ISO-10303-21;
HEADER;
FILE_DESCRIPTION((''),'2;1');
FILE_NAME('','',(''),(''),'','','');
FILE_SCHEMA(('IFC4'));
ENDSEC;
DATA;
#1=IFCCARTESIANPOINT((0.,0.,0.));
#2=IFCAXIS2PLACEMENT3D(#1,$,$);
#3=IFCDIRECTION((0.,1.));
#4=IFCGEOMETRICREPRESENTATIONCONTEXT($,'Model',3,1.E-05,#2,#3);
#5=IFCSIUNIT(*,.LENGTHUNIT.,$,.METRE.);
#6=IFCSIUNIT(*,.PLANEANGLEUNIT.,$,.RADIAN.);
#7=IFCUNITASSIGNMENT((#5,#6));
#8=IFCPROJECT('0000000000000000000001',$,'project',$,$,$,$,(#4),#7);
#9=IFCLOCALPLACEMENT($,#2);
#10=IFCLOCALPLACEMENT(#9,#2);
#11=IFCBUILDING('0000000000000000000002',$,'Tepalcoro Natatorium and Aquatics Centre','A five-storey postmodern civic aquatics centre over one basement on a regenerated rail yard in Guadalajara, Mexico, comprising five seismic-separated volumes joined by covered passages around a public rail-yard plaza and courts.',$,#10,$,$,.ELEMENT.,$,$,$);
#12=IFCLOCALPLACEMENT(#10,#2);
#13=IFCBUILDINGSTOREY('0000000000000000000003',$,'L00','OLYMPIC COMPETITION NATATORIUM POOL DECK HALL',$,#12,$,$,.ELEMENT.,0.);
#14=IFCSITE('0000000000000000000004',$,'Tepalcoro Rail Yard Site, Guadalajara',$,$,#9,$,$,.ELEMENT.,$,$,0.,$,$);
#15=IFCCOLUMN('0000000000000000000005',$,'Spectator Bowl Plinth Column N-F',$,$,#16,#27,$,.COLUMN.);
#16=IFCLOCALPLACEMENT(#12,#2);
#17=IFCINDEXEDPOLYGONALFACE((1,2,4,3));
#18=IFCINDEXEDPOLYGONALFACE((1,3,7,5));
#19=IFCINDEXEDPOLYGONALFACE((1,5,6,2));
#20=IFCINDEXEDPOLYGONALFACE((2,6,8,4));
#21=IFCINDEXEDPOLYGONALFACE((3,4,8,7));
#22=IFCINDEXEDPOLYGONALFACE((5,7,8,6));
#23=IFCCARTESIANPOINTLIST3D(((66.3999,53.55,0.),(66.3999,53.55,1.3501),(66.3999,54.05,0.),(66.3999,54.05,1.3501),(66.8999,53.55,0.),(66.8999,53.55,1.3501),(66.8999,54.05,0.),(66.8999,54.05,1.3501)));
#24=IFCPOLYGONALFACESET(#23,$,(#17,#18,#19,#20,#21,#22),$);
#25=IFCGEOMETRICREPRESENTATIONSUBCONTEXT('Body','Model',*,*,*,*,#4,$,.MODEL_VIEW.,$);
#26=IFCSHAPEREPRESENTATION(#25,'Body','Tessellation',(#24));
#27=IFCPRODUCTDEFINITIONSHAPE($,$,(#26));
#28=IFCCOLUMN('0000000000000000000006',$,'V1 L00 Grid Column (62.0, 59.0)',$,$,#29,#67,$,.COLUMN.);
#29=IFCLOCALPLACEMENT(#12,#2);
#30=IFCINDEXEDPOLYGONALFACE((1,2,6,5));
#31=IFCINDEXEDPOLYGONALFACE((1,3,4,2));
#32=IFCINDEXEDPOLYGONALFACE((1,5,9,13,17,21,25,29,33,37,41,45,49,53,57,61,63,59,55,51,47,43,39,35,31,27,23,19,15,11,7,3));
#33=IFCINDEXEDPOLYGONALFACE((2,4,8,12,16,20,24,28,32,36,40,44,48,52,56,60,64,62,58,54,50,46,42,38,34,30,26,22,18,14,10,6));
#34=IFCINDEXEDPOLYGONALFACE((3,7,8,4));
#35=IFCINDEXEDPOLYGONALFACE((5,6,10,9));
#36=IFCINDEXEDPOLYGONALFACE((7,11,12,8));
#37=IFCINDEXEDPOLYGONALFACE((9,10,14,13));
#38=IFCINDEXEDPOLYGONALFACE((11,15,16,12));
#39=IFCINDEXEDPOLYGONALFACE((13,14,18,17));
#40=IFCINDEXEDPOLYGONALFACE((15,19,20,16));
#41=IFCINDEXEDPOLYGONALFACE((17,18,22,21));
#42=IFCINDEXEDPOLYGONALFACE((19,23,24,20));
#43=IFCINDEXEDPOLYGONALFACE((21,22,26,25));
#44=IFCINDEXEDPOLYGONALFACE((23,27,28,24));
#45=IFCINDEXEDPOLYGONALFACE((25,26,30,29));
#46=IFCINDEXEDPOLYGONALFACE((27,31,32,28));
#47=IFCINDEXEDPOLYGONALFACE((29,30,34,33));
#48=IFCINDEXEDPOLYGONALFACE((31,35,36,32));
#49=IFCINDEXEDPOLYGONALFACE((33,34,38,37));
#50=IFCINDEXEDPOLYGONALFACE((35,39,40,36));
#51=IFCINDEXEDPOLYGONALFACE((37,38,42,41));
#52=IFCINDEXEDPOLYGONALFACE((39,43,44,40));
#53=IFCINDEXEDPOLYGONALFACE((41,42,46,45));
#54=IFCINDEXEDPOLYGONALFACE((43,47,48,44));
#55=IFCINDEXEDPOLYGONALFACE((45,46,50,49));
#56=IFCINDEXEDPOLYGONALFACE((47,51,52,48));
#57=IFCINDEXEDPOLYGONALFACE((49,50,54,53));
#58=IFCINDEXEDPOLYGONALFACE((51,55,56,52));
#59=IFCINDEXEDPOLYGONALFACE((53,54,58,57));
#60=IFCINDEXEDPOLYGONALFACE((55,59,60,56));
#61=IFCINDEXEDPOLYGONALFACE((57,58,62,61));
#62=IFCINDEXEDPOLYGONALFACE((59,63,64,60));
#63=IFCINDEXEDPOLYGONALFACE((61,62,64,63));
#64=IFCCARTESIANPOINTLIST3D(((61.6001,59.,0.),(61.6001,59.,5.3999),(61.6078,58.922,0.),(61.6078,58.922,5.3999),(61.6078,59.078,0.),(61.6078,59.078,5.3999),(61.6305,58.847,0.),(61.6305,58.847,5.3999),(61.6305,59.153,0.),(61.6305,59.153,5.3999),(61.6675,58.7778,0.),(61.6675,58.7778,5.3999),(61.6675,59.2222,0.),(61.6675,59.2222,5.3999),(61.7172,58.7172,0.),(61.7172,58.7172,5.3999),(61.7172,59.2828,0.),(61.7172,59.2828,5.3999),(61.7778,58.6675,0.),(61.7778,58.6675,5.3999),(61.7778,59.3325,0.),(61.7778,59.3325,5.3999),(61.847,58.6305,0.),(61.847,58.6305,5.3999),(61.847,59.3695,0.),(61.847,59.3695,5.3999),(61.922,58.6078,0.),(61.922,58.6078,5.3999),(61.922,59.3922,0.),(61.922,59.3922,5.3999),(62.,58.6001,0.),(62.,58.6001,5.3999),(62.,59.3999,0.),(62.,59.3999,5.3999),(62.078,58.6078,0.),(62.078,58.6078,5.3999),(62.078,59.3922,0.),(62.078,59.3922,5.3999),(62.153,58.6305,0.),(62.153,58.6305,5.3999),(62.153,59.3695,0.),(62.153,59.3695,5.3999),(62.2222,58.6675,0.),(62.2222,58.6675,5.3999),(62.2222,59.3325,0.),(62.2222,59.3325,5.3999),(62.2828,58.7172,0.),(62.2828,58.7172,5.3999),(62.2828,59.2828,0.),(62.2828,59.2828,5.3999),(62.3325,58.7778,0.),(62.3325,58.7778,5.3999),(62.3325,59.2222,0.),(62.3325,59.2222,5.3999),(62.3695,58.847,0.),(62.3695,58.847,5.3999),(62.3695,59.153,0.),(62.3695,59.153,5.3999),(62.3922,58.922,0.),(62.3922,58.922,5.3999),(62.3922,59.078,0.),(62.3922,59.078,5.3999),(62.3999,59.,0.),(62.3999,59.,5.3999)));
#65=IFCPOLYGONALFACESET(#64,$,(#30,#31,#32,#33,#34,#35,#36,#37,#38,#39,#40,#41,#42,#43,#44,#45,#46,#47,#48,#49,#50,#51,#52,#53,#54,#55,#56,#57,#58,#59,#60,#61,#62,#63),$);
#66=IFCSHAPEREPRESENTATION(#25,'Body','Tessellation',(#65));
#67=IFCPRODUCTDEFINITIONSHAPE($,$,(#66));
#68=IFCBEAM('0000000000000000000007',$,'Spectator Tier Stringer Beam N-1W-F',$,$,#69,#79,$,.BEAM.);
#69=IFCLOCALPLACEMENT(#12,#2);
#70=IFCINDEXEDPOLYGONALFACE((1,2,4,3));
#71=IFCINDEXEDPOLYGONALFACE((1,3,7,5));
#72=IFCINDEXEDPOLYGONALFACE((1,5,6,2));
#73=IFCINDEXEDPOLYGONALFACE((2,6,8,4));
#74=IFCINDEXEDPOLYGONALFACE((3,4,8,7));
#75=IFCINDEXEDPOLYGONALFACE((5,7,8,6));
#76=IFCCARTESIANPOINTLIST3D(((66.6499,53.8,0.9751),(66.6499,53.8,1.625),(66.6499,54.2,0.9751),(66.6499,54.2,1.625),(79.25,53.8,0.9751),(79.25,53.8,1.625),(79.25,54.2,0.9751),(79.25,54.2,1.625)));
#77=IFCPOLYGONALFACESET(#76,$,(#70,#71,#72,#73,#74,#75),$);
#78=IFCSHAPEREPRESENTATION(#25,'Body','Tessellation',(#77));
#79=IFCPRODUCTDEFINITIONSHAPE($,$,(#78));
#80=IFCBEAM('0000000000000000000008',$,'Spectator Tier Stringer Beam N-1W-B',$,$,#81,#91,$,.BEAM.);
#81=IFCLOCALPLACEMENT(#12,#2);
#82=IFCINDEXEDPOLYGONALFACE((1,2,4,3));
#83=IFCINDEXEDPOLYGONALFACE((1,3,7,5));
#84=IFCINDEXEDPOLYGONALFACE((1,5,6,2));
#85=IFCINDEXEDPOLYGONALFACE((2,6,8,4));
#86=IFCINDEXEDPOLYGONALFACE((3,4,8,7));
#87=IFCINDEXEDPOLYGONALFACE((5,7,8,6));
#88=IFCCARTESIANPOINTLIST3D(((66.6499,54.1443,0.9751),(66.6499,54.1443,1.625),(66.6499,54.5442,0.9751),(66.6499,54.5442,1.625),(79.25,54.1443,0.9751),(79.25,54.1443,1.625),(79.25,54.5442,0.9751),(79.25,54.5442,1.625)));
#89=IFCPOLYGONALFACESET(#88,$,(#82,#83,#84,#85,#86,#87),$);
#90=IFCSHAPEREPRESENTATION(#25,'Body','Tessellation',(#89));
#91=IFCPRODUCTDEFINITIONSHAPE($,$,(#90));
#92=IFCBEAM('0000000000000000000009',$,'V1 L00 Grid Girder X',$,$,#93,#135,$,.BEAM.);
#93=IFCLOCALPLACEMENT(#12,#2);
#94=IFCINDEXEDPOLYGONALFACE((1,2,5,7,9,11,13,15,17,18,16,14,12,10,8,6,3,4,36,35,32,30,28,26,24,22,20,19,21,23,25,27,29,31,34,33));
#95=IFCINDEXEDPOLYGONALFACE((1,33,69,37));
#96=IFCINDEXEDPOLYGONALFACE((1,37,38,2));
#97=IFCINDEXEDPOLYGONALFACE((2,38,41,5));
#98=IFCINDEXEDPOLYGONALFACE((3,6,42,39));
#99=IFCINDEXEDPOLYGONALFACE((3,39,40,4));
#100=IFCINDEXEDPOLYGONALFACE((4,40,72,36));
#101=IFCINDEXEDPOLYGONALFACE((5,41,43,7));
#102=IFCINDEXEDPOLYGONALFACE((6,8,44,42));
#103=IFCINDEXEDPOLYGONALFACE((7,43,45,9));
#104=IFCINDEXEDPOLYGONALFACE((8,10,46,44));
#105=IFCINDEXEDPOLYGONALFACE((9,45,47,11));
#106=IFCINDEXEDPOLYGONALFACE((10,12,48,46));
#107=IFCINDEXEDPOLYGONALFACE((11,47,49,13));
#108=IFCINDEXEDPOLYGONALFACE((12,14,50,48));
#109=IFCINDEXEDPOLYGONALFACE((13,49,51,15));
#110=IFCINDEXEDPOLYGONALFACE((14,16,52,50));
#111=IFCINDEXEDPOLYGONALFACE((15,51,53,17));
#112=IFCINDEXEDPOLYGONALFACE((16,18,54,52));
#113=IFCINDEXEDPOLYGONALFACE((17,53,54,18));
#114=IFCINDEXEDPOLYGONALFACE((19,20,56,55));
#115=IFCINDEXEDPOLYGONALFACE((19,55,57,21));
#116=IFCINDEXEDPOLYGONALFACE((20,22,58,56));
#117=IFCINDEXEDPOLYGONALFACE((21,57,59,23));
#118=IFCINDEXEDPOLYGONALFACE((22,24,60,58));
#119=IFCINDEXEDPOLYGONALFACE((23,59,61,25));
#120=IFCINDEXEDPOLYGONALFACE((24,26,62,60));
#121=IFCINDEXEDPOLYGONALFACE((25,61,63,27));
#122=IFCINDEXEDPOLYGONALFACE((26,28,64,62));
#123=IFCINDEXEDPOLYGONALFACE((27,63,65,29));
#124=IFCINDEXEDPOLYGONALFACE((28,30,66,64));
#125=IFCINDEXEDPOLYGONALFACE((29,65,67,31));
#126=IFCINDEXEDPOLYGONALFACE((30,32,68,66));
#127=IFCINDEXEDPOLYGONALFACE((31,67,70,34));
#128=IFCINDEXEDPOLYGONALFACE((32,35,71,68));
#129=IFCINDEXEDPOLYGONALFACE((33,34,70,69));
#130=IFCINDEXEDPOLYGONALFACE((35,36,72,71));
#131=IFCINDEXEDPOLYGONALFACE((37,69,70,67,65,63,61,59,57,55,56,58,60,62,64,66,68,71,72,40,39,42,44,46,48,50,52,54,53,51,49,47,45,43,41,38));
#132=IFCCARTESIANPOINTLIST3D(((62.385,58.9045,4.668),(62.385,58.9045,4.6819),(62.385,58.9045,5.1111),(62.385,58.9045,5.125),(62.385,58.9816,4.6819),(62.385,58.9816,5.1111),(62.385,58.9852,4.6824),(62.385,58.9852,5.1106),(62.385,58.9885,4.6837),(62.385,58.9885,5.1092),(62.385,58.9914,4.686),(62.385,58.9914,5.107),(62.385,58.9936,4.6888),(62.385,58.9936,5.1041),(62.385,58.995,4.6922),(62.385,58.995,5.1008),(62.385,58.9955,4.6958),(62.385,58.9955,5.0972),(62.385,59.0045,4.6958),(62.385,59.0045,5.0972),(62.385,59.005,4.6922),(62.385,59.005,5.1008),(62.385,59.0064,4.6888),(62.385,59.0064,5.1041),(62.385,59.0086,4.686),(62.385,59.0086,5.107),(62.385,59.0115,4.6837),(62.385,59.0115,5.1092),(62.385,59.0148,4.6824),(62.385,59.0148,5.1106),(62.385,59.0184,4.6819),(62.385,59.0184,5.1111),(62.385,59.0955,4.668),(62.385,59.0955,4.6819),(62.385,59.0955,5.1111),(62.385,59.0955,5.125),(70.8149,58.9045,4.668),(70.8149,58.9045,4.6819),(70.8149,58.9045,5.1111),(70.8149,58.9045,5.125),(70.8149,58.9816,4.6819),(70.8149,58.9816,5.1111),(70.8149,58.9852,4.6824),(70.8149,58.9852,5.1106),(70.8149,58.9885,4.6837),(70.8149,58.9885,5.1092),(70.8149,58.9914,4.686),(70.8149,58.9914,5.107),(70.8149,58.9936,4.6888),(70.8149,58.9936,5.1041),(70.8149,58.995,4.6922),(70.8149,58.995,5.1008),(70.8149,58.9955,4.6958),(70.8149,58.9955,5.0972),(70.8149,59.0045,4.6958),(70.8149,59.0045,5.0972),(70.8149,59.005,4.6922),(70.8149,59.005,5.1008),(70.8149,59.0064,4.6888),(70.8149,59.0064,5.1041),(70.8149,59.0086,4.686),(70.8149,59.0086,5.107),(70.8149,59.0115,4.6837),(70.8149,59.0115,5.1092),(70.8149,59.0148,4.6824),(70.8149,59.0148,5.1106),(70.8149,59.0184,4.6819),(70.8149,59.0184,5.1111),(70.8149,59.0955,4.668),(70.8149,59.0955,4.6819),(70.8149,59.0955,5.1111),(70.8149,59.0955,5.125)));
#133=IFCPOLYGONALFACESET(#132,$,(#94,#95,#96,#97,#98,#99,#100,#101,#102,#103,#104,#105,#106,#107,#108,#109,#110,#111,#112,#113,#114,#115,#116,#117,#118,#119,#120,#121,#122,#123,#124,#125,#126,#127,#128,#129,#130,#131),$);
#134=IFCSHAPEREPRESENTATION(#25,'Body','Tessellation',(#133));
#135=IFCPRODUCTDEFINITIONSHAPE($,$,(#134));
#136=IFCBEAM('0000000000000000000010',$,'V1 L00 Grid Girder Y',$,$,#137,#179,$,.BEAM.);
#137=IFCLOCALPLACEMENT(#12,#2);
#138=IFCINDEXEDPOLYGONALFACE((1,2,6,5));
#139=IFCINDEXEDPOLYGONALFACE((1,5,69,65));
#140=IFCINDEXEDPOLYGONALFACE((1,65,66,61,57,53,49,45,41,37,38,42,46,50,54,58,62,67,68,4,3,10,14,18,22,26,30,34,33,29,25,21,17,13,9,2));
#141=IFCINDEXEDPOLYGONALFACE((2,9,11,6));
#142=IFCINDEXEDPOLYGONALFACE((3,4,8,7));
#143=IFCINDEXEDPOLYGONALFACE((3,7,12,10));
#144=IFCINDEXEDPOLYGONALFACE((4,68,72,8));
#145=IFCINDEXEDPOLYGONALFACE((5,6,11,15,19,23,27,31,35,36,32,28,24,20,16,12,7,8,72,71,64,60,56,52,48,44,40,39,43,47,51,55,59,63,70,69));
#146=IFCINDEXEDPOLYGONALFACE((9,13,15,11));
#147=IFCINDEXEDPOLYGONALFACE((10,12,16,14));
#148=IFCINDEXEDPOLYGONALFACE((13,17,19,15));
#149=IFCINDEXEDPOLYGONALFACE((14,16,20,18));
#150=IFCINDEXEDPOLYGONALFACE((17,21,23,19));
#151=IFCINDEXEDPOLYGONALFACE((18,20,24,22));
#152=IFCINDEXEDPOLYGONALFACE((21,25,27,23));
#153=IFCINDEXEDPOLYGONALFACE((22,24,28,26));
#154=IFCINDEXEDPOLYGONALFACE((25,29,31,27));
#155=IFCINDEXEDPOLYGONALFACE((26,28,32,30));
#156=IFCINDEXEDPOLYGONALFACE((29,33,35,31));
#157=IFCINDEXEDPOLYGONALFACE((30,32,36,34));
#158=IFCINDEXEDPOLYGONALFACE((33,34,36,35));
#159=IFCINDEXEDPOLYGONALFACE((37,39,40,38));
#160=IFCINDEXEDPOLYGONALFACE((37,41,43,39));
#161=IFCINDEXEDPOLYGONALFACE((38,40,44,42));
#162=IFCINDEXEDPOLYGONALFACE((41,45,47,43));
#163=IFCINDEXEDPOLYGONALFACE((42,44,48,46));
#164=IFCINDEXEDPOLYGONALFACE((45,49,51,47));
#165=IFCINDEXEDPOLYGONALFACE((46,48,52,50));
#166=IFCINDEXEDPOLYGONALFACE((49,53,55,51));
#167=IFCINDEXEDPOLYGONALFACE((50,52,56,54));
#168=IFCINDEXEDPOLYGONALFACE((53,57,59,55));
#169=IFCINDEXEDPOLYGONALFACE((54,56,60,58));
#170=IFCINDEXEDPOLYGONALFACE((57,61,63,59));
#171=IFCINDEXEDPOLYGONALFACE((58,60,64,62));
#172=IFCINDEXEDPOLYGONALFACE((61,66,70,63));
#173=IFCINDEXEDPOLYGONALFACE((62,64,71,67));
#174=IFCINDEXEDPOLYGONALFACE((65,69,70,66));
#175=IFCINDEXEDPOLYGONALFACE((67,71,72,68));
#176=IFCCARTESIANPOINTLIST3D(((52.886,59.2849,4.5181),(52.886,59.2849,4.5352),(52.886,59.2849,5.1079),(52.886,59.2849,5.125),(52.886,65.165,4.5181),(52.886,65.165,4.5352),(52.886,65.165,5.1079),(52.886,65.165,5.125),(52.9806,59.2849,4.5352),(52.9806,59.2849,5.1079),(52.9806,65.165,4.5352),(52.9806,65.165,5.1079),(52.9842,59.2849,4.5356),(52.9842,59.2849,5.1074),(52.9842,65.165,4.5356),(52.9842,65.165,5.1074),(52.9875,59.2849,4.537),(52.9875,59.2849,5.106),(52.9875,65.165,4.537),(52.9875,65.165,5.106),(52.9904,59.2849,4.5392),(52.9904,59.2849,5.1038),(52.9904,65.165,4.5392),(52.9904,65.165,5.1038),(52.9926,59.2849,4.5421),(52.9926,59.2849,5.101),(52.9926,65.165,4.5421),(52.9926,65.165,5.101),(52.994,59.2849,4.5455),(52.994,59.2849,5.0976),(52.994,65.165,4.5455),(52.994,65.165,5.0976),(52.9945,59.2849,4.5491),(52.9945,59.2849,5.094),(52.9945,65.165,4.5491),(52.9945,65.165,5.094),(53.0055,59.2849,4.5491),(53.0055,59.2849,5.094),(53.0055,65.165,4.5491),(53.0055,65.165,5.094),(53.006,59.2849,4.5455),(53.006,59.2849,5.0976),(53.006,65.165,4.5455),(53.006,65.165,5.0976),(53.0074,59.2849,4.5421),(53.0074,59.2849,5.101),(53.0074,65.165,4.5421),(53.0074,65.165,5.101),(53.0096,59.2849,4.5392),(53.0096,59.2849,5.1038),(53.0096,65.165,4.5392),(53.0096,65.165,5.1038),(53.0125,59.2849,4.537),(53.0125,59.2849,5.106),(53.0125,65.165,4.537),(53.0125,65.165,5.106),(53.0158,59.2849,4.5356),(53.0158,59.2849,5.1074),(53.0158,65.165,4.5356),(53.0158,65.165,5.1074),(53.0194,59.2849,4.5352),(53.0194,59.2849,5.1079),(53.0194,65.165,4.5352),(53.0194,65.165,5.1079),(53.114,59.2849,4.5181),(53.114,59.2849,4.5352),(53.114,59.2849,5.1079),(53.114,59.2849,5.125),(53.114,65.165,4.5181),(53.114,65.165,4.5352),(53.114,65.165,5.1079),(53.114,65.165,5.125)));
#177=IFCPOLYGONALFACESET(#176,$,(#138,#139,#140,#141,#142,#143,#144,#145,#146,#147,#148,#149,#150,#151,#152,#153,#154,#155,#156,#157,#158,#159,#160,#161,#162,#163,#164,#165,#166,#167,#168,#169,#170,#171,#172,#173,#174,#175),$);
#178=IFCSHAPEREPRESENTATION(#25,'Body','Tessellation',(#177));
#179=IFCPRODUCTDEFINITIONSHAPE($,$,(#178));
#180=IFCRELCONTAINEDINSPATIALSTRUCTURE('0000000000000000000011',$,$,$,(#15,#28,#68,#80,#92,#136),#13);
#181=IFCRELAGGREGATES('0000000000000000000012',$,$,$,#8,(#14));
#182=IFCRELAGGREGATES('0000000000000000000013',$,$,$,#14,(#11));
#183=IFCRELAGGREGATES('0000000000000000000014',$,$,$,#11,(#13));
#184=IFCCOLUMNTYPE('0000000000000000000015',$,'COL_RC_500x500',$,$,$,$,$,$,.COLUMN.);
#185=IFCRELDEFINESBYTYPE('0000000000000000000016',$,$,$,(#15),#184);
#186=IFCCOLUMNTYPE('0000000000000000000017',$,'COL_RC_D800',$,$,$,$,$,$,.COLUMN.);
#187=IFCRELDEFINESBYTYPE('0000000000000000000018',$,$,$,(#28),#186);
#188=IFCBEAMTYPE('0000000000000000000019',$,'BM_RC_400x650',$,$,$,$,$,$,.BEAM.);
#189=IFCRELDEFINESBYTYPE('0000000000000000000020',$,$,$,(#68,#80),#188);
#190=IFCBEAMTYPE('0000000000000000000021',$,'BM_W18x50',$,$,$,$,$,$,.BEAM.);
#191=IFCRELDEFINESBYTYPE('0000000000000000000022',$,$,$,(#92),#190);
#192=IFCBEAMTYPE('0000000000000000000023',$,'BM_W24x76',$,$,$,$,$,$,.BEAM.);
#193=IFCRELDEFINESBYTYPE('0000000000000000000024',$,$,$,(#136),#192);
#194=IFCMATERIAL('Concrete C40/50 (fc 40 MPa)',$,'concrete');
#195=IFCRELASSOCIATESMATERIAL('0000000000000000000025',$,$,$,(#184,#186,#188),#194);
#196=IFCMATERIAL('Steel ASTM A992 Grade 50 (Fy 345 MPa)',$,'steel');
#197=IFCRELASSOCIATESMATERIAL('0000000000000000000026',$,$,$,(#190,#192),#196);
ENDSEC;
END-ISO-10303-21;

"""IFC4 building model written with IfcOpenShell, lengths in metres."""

from ifc_helpers import new_model, si_unit, direction, frame, origin, origin_2d, place, context, subcontext, project, spatial, rectangle, circle, i_section, extrude, material, material_profile, profile_set, type_object, element, save


model = new_model("IFC4")

# Units and contexts
model_context = context("Model", 3, precision=1e-05, world=origin(), true_north=direction((0.0, 1.0)))
body_context = subcontext(model_context, "Body", "Model", "MODEL_VIEW")
ifc_project = project(units=[si_unit("LENGTHUNIT", "METRE"), si_unit("PLANEANGLEUNIT", "RADIAN")], contexts=[model_context])

# Site, building, storey
site_placement = place(None, origin())
site = spatial("IfcSite", under=ifc_project, at=site_placement, Name="Tepalcoro Rail Yard Site, Guadalajara", CompositionType="ELEMENT", RefElevation=0.0)
building_placement = place(site_placement, origin())
building = spatial("IfcBuilding", under=site, at=building_placement, Name="Tepalcoro Natatorium and Aquatics Centre", Description="A five-storey postmodern civic aquatics centre over one basement on a regenerated rail yard in Guadalajara, Mexico, comprising five seismic-separated volumes joined by covered passages around a public rail-yard plaza and courts.", CompositionType="ELEMENT")
storey_placement = place(building_placement, origin())
storey = spatial("IfcBuildingStorey", under=building, at=storey_placement, Name="L00", Description="OLYMPIC COMPETITION NATATORIUM POOL DECK HALL", CompositionType="ELEMENT", Elevation=0.0)

# Columns
ifc_material_1 = material(Name="Concrete C40/50 (fc 40 MPa)", Category="concrete")
ifc_material_profile_1 = material_profile(ifc_material_1, rectangle(XDim=0.5, YDim=0.5, at=origin_2d()), Name="RC500x500")
ifc_profile_set_1 = profile_set([ifc_material_profile_1], Name="Concrete C40/50 (fc 40 MPa)")
column_type_1 = type_object("IfcColumnType", Name="COL_RC_500x500", PredefinedType="COLUMN", material=ifc_profile_set_1)
column_1_placement = place(storey_placement, frame((66.6499, 53.8, 0.0), z_axis=(0.0, 0.0, 1.0), x_axis=(1.0, 0.0, 0.0)))
element("IfcColumn", 1, at=column_1_placement, inside=storey, type_object=column_type_1, Name="Spectator Bowl Plinth Column N-F", PredefinedType="COLUMN", context=body_context, shape_type="SweptSolid", body=[
    extrude(rectangle(XDim=0.5, YDim=0.5, at=origin_2d()), origin(), (0.0, 0.0, 1.0), 1.3501),
])
ifc_material_profile_2 = material_profile(ifc_material_1, circle(Radius=0.3999, at=origin_2d()), Name="RCD800")
ifc_profile_set_2 = profile_set([ifc_material_profile_2], Name="Concrete C40/50 (fc 40 MPa)")
column_type_2 = type_object("IfcColumnType", Name="COL_RC_D800", PredefinedType="COLUMN", material=ifc_profile_set_2)
column_2_placement = place(storey_placement, frame((62.0, 59.0, 0.0), z_axis=(0.0, 0.0, 1.0), x_axis=(1.0, 0.0, 0.0)))
element("IfcColumn", 2, at=column_2_placement, inside=storey, type_object=column_type_2, Name="V1 L00 Grid Column (62.0, 59.0)", PredefinedType="COLUMN", context=body_context, shape_type="SweptSolid", body=[
    extrude(circle(Radius=0.3999, at=origin_2d()), origin(), (0.0, 0.0, 1.0), 5.3999),
])

# Beams
ifc_material_profile_3 = material_profile(ifc_material_1, rectangle(XDim=0.3999, YDim=0.6499, at=origin_2d()), Name="RCB400x650")
ifc_profile_set_3 = profile_set([ifc_material_profile_3], Name="Concrete C40/50 (fc 40 MPa)")
beam_type_1 = type_object("IfcBeamType", Name="BM_RC_400x650", PredefinedType="BEAM", material=ifc_profile_set_3)
for number, where, z_axis, x_axis, name in (
    (3, (66.6499, 54.0, 1.3), (1.0, 0.0, 0.0), (0.0, 1.0, 0.0), "Spectator Tier Stringer Beam N-1W-F"),
    (4, (66.6499, 54.3442, 1.3), (1.0, 0.0, 0.0), (0.0, 1.0, 0.0), "Spectator Tier Stringer Beam N-1W-B"),
):
    element("IfcBeam", number, at=place(storey_placement, frame(where, z_axis=z_axis, x_axis=x_axis)), inside=storey, type_object=beam_type_1, Name=name, PredefinedType="BEAM", context=body_context, shape_type="SweptSolid", body=[
        extrude(rectangle(XDim=0.3999, YDim=0.6499, at=origin_2d()), origin(), (0.0, 0.0, 1.0), 12.6001),
    ])
ifc_material_2 = material(Name="Steel ASTM A992 Grade 50 (Fy 345 MPa)", Category="steel")
ifc_material_profile_4 = material_profile(ifc_material_2, i_section(OverallWidth=0.1909, OverallDepth=0.457, WebThickness=0.009, FlangeThickness=0.0139, FilletRadius=0.0139, at=origin_2d()), Name="W18X50")
ifc_profile_set_4 = profile_set([ifc_material_profile_4], Name="Steel ASTM A992 Grade 50 (Fy 345 MPa)")
beam_type_2 = type_object("IfcBeamType", Name="BM_W18x50", PredefinedType="BEAM", material=ifc_profile_set_4)
beam_1_placement = place(storey_placement, frame((62.385, 59.0, 4.8965), z_axis=(1.0, 0.0, 0.0), x_axis=(0.0, 1.0, 0.0)))
element("IfcBeam", 5, at=beam_1_placement, inside=storey, type_object=beam_type_2, Name="V1 L00 Grid Girder X", PredefinedType="BEAM", context=body_context, shape_type="SweptSolid", body=[
    extrude(i_section(OverallWidth=0.1909, OverallDepth=0.457, WebThickness=0.009, FlangeThickness=0.0139, FilletRadius=0.0139, at=origin_2d()), origin(), (0.0, 0.0, 1.0), 8.4299),
])
ifc_material_profile_5 = material_profile(ifc_material_2, i_section(OverallWidth=0.228, OverallDepth=0.6069, WebThickness=0.011, FlangeThickness=0.0171, FilletRadius=0.0139, at=origin_2d()), Name="W24X76")
ifc_profile_set_5 = profile_set([ifc_material_profile_5], Name="Steel ASTM A992 Grade 50 (Fy 345 MPa)")
beam_type_3 = type_object("IfcBeamType", Name="BM_W24x76", PredefinedType="BEAM", material=ifc_profile_set_5)
beam_2_placement = place(storey_placement, frame((53.0, 59.2849, 4.8215), z_axis=(0.0, 1.0, 0.0), x_axis=(-1.0, 0.0, 0.0)))
element("IfcBeam", 6, at=beam_2_placement, inside=storey, type_object=beam_type_3, Name="V1 L00 Grid Girder Y", PredefinedType="BEAM", context=body_context, shape_type="SweptSolid", body=[
    extrude(i_section(OverallWidth=0.228, OverallDepth=0.6069, WebThickness=0.011, FlangeThickness=0.0171, FilletRadius=0.0139, at=origin_2d()), origin(), (0.0, 0.0, 1.0), 5.8801),
])

save(model, "model.ifc")
